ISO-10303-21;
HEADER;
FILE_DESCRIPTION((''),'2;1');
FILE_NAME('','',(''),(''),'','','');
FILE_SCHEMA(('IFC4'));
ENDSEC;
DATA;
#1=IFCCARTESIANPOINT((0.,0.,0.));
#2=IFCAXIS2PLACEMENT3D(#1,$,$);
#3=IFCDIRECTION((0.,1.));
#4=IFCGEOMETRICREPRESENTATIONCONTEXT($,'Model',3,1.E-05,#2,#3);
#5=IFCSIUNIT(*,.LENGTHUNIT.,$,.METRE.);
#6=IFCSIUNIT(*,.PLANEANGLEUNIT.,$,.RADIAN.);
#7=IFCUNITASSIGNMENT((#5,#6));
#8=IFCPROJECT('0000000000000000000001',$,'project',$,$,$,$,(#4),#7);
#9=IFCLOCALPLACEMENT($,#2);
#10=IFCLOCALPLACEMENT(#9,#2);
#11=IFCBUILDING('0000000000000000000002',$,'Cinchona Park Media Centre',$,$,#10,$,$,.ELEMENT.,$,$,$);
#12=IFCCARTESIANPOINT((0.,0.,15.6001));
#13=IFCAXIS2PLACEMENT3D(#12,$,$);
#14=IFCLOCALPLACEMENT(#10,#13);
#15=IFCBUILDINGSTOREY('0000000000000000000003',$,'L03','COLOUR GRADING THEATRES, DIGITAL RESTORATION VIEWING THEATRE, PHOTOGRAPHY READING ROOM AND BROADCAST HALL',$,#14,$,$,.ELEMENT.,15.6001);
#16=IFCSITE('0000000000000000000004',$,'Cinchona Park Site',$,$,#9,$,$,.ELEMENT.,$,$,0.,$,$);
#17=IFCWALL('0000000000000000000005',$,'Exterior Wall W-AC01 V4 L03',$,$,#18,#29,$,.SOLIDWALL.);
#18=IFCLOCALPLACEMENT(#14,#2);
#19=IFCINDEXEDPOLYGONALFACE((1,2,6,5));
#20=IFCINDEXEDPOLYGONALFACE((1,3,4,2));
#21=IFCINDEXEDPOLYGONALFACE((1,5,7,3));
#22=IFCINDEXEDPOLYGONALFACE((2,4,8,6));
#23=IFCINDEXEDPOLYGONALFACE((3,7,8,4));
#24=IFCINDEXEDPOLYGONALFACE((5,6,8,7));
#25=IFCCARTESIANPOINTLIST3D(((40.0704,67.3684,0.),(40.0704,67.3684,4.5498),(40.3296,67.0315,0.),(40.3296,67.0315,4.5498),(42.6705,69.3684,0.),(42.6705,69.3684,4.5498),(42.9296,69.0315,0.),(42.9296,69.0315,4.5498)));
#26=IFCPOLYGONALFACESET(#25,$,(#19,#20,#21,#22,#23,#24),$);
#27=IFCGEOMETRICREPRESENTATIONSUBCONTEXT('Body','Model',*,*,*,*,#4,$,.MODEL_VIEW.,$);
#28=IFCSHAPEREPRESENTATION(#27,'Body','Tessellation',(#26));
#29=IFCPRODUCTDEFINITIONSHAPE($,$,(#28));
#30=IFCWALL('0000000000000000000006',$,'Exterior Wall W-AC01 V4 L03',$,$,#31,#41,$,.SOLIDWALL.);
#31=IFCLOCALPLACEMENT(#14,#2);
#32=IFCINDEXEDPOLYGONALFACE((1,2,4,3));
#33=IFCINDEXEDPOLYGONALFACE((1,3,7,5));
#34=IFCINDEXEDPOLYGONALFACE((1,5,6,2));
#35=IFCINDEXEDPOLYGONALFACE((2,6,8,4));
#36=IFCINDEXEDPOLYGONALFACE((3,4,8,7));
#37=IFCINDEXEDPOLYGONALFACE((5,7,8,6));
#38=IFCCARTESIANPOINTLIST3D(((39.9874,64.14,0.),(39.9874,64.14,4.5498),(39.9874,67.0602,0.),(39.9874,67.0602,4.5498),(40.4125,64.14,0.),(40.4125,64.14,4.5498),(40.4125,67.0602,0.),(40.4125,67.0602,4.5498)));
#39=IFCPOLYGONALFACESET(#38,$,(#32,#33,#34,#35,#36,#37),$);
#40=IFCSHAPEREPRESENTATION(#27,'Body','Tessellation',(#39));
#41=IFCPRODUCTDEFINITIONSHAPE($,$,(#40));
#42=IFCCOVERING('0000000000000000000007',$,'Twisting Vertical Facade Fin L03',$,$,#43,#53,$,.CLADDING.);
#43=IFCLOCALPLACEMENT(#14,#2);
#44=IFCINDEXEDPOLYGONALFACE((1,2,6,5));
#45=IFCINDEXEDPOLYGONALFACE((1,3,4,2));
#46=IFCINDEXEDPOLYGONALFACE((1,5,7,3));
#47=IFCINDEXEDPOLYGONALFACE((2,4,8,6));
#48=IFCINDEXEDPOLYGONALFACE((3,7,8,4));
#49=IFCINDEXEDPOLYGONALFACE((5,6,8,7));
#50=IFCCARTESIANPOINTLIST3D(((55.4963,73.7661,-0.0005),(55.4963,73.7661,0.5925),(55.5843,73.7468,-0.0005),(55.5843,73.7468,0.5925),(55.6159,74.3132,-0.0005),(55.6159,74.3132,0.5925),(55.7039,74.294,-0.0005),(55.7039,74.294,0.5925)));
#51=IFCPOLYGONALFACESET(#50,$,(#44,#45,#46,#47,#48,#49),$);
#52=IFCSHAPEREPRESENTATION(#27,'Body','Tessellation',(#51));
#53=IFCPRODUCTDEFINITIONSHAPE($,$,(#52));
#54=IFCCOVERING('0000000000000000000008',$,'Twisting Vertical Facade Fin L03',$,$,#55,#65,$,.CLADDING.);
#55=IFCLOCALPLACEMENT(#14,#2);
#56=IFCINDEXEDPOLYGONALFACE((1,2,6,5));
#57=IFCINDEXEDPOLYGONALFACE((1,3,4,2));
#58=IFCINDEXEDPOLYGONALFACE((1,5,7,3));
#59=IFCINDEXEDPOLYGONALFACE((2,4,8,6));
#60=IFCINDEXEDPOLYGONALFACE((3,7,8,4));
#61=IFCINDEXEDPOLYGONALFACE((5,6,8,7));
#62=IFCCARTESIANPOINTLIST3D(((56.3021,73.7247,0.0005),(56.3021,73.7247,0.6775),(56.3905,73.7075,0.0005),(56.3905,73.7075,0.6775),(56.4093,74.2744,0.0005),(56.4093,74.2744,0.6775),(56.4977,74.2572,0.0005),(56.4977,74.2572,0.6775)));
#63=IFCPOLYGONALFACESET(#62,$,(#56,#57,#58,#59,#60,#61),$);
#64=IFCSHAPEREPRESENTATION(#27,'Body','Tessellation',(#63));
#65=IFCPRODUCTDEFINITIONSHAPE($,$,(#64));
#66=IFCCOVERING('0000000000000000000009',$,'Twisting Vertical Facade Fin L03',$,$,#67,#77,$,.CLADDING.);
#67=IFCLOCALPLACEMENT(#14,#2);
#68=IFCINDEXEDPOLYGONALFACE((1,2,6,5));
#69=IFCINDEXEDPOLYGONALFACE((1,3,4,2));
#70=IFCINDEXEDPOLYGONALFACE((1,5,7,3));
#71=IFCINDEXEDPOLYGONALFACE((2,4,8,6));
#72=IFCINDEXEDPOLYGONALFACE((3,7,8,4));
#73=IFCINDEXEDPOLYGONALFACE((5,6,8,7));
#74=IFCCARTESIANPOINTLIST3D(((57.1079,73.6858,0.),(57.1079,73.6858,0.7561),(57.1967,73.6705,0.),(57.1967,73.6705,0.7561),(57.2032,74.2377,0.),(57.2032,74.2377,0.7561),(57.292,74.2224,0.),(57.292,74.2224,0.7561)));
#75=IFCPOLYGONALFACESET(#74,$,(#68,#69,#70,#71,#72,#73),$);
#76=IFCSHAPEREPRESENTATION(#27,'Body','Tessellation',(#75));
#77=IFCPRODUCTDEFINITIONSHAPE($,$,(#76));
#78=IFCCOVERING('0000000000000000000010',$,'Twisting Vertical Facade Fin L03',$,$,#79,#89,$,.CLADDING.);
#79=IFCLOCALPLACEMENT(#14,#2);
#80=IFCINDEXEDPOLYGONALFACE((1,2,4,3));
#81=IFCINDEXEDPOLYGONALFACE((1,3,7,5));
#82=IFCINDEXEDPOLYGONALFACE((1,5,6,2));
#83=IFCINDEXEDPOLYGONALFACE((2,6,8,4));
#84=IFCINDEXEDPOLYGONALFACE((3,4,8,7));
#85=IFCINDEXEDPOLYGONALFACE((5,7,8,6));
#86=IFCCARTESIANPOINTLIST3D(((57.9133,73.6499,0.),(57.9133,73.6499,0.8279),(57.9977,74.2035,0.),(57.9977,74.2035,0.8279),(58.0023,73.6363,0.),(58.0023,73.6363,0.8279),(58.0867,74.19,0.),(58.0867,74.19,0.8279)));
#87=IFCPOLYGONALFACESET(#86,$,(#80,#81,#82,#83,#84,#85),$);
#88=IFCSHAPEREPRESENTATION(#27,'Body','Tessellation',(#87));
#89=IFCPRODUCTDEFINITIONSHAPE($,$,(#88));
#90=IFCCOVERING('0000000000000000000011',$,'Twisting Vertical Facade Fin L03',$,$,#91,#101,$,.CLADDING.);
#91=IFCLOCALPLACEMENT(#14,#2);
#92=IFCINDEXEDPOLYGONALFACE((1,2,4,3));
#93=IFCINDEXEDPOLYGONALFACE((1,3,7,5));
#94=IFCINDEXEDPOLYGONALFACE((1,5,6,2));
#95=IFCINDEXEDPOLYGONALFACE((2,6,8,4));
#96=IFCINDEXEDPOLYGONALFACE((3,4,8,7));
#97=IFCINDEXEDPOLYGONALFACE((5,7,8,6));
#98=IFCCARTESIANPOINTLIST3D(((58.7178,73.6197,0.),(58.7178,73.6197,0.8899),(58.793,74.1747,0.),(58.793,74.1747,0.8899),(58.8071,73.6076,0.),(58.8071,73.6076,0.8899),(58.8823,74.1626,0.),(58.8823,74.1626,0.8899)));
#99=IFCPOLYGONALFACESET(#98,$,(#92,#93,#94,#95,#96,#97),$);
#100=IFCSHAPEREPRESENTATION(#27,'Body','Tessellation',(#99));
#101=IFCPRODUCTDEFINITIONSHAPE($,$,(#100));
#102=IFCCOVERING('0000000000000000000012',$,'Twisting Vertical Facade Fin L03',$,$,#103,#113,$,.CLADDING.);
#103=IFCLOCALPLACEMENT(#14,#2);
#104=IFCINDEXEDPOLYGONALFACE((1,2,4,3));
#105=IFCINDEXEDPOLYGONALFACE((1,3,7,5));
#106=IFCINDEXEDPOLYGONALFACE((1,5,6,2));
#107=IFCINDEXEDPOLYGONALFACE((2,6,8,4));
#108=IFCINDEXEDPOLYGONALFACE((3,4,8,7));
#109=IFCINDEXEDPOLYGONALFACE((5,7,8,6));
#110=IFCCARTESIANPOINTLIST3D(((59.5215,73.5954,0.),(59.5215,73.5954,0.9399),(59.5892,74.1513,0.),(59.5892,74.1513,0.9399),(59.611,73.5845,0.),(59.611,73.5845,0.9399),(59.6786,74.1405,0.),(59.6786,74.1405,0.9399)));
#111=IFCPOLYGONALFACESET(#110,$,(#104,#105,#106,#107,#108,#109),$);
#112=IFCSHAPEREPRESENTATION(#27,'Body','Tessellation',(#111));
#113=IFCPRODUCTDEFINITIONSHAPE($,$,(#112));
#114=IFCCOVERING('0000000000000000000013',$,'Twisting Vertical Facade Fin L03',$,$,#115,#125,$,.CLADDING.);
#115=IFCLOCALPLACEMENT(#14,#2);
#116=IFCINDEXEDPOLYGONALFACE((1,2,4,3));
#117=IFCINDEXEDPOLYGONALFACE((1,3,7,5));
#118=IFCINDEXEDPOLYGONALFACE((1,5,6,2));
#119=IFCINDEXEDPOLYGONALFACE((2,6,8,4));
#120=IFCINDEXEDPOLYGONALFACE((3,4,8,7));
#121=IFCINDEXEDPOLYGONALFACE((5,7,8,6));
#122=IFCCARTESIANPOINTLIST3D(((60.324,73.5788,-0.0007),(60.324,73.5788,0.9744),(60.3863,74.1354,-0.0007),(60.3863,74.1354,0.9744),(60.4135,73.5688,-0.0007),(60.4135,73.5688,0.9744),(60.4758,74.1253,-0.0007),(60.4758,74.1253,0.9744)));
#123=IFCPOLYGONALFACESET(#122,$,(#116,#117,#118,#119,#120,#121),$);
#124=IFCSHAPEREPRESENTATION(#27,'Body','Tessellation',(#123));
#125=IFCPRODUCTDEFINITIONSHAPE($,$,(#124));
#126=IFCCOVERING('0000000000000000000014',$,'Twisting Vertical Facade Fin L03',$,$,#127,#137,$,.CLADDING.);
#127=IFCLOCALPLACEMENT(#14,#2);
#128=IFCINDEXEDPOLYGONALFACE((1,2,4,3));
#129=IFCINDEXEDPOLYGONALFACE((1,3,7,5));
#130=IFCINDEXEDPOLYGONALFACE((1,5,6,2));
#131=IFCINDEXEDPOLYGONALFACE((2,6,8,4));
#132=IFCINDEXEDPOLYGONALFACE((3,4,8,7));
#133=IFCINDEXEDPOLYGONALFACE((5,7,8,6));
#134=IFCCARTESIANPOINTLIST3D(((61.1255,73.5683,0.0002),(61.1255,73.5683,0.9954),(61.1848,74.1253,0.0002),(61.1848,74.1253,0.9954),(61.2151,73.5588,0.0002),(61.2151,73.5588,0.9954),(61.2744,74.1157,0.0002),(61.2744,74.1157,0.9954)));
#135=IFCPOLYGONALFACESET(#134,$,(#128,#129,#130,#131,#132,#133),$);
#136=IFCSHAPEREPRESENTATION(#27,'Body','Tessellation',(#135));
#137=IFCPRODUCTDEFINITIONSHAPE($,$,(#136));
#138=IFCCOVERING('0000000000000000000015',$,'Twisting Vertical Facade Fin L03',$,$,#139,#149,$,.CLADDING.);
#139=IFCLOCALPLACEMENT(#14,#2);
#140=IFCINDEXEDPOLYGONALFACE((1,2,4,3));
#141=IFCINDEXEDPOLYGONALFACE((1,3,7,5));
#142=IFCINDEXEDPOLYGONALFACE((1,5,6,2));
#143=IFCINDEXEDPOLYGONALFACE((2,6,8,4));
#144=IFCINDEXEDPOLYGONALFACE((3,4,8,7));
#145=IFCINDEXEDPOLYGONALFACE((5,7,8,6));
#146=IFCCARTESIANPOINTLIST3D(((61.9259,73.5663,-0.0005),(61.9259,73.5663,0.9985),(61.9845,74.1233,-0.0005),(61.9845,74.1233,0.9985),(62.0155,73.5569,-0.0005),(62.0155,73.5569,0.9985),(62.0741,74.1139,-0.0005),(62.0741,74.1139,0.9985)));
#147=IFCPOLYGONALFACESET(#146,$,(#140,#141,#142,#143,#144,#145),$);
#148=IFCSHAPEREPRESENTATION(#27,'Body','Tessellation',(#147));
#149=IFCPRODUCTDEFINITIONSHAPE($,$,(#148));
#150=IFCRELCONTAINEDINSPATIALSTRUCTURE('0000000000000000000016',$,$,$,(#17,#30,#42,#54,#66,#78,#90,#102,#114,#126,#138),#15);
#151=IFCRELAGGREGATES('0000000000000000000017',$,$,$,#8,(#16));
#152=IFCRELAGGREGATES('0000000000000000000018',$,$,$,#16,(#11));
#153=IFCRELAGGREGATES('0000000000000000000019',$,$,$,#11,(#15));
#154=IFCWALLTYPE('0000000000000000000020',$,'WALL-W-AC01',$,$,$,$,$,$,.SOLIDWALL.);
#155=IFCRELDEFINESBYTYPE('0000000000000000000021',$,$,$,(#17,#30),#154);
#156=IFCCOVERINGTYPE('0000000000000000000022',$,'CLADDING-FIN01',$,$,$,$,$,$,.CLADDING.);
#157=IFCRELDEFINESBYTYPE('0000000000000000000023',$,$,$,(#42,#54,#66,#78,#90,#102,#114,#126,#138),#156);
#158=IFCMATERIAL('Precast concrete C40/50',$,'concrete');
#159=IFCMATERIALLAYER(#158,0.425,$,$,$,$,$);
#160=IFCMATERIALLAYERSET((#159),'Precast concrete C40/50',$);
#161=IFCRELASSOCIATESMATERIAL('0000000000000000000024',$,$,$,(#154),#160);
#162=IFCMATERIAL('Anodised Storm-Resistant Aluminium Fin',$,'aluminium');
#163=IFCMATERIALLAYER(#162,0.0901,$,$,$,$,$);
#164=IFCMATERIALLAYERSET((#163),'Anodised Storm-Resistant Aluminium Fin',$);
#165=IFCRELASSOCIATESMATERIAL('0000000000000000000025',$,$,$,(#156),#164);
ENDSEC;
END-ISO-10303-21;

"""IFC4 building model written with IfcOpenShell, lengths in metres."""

from ifc_helpers import new_model, si_unit, direction, frame, frame_2d, origin, origin_2d, place, context, subcontext, project, spatial, rectangle, extrude, material, layer, layer_set, type_object, element, save


model = new_model("IFC4")

# Units and contexts
model_context = context("Model", 3, precision=1e-05, world=origin(), true_north=direction((0.0, 1.0)))
body_context = subcontext(model_context, "Body", "Model", "MODEL_VIEW")
ifc_project = project(units=[si_unit("LENGTHUNIT", "METRE"), si_unit("PLANEANGLEUNIT", "RADIAN")], contexts=[model_context])

# Site, building, storey
site_placement = place(None, origin())
site = spatial("IfcSite", under=ifc_project, at=site_placement, Name="Cinchona Park Site", CompositionType="ELEMENT", RefElevation=0.0)
building_placement = place(site_placement, origin())
building = spatial("IfcBuilding", under=site, at=building_placement, Name="Cinchona Park Media Centre", CompositionType="ELEMENT")
storey_placement = place(building_placement, frame((0.0, 0.0, 15.6001)))
storey = spatial("IfcBuildingStorey", under=building, at=storey_placement, Name="L03", Description="COLOUR GRADING THEATRES, DIGITAL RESTORATION VIEWING THEATRE, PHOTOGRAPHY READING ROOM AND BROADCAST HALL", CompositionType="ELEMENT", Elevation=15.6001)

# Walls
ifc_material_1 = material(Name="Precast concrete C40/50", Category="concrete")
ifc_layer_1 = layer(ifc_material_1, 0.425)
ifc_layer_set_1 = layer_set([ifc_layer_1], Name="Precast concrete C40/50")
wall_type = type_object("IfcWallType", Name="WALL-W-AC01", PredefinedType="SOLIDWALL", material=ifc_layer_set_1)
wall_1_placement = place(storey_placement, frame((42.8, 69.2, 0.0), z_axis=(0.0, 0.0, 1.0), x_axis=(-0.792635, -0.609696, 0.0)))
element("IfcWall", 1, at=wall_1_placement, inside=storey, type_object=wall_type, Name="Exterior Wall W-AC01 V4 L03", PredefinedType="SOLIDWALL", context=body_context, shape_type="SweptSolid", body=[
    extrude(rectangle(XDim=3.2803, YDim=0.425, at=frame_2d((1.6401, 0.0))), origin(), (0.0, 0.0, 1.0), 4.5498),
])
wall_2_placement = place(storey_placement, frame((40.2, 67.0601, 0.0), z_axis=(0.0, 0.0, 1.0), x_axis=(0.0, -1.0, 0.0)))
element("IfcWall", 2, at=wall_2_placement, inside=storey, type_object=wall_type, Name="Exterior Wall W-AC01 V4 L03", PredefinedType="SOLIDWALL", context=body_context, shape_type="SweptSolid", body=[
    extrude(rectangle(XDim=2.9202, YDim=0.425, at=frame_2d((1.46, 0.0))), origin(), (0.0, 0.0, 1.0), 4.5498),
])

# Coverings
ifc_material_2 = material(Name="Anodised Storm-Resistant Aluminium Fin", Category="aluminium")
ifc_layer_2 = layer(ifc_material_2, 0.0901)
ifc_layer_set_2 = layer_set([ifc_layer_2], Name="Anodised Storm-Resistant Aluminium Fin")
covering_type = type_object("IfcCoveringType", Name="CLADDING-FIN01", PredefinedType="CLADDING", material=ifc_layer_set_2)
covering_1_placement = place(storey_placement, frame((55.6001, 74.03, -0.0005), z_axis=(0.0, 0.0, 1.0), x_axis=(0.213542, 0.976934, 0.0)))
element("IfcCovering", 3, at=covering_1_placement, inside=storey, type_object=covering_type, Name="Twisting Vertical Facade Fin L03", PredefinedType="CLADDING", context=body_context, shape_type="SweptSolid", body=[
    extrude(rectangle(XDim=0.5601, YDim=0.0901, at=origin_2d()), origin(), (0.0, 0.0, 1.0), 0.593),
])
covering_2_placement = place(storey_placement, frame((56.3999, 73.991, 0.0005), z_axis=(0.0, 0.0, 1.0), x_axis=(0.191323, 0.981527, 0.0)))
element("IfcCovering", 4, at=covering_2_placement, inside=storey, type_object=covering_type, Name="Twisting Vertical Facade Fin L03", PredefinedType="CLADDING", context=body_context, shape_type="SweptSolid", body=[
    extrude(rectangle(XDim=0.5601, YDim=0.0901, at=origin_2d()), origin(), (0.0, 0.0, 1.0), 0.677),
])
covering_3_placement = place(storey_placement, frame((57.2, 73.9541, 0.0), z_axis=(0.0, 0.0, 1.0), x_axis=(0.170038, 0.985438, 0.0)))
element("IfcCovering", 5, at=covering_3_placement, inside=storey, type_object=covering_type, Name="Twisting Vertical Facade Fin L03", PredefinedType="CLADDING", context=body_context, shape_type="SweptSolid", body=[
    extrude(rectangle(XDim=0.5601, YDim=0.0901, at=origin_2d()), origin(), (0.0, 0.0, 1.0), 0.7561),
])
covering_4_placement = place(storey_placement, frame((58.0, 73.9199, 0.0), z_axis=(0.0, 0.0, 1.0), x_axis=(0.150743, 0.988573, 0.0)))
element("IfcCovering", 6, at=covering_4_placement, inside=storey, type_object=covering_type, Name="Twisting Vertical Facade Fin L03", PredefinedType="CLADDING", context=body_context, shape_type="SweptSolid", body=[
    extrude(rectangle(XDim=0.5601, YDim=0.0901, at=origin_2d()), origin(), (0.0, 0.0, 1.0), 0.8279),
])
covering_5_placement = place(storey_placement, frame((58.8, 73.8911, 0.0), z_axis=(0.0, 0.0, 1.0), x_axis=(0.134159, 0.99096, 0.0)))
element("IfcCovering", 7, at=covering_5_placement, inside=storey, type_object=covering_type, Name="Twisting Vertical Facade Fin L03", PredefinedType="CLADDING", context=body_context, shape_type="SweptSolid", body=[
    extrude(rectangle(XDim=0.5601, YDim=0.0901, at=origin_2d()), origin(), (0.0, 0.0, 1.0), 0.8899),
])
covering_6_placement = place(storey_placement, frame((59.6001, 73.8679, 0.0), z_axis=(0.0, 0.0, 1.0), x_axis=(0.12083, 0.992673, 0.0)))
element("IfcCovering", 8, at=covering_6_placement, inside=storey, type_object=covering_type, Name="Twisting Vertical Facade Fin L03", PredefinedType="CLADDING", context=body_context, shape_type="SweptSolid", body=[
    extrude(rectangle(XDim=0.5601, YDim=0.0901, at=origin_2d()), origin(), (0.0, 0.0, 1.0), 0.9399),
])
covering_7_placement = place(storey_placement, frame((60.3999, 73.8521, -0.0007), z_axis=(0.0, 0.0, 1.0), x_axis=(0.111122, 0.993807, 0.0)))
element("IfcCovering", 9, at=covering_7_placement, inside=storey, type_object=covering_type, Name="Twisting Vertical Facade Fin L03", PredefinedType="CLADDING", context=body_context, shape_type="SweptSolid", body=[
    extrude(rectangle(XDim=0.5601, YDim=0.0901, at=origin_2d()), origin(), (0.0, 0.0, 1.0), 0.9751),
])
covering_8_placement = place(storey_placement, frame((61.2, 73.842, 0.0002), z_axis=(0.0, 0.0, 1.0), x_axis=(0.105743, 0.994393, 0.0)))
element("IfcCovering", 10, at=covering_8_placement, inside=storey, type_object=covering_type, Name="Twisting Vertical Facade Fin L03", PredefinedType="CLADDING", context=body_context, shape_type="SweptSolid", body=[
    extrude(rectangle(XDim=0.5601, YDim=0.0901, at=origin_2d()), origin(), (0.0, 0.0, 1.0), 0.9951),
])
covering_9_placement = place(storey_placement, frame((62.0, 73.8401, -0.0005), z_axis=(0.0, 0.0, 1.0), x_axis=(0.104702, 0.994504, 0.0)))
element("IfcCovering", 11, at=covering_9_placement, inside=storey, type_object=covering_type, Name="Twisting Vertical Facade Fin L03", PredefinedType="CLADDING", context=body_context, shape_type="SweptSolid", body=[
    extrude(rectangle(XDim=0.5601, YDim=0.0901, at=origin_2d()), origin(), (0.0, 0.0, 1.0), 0.999),
])

save(model, "model.ifc")
